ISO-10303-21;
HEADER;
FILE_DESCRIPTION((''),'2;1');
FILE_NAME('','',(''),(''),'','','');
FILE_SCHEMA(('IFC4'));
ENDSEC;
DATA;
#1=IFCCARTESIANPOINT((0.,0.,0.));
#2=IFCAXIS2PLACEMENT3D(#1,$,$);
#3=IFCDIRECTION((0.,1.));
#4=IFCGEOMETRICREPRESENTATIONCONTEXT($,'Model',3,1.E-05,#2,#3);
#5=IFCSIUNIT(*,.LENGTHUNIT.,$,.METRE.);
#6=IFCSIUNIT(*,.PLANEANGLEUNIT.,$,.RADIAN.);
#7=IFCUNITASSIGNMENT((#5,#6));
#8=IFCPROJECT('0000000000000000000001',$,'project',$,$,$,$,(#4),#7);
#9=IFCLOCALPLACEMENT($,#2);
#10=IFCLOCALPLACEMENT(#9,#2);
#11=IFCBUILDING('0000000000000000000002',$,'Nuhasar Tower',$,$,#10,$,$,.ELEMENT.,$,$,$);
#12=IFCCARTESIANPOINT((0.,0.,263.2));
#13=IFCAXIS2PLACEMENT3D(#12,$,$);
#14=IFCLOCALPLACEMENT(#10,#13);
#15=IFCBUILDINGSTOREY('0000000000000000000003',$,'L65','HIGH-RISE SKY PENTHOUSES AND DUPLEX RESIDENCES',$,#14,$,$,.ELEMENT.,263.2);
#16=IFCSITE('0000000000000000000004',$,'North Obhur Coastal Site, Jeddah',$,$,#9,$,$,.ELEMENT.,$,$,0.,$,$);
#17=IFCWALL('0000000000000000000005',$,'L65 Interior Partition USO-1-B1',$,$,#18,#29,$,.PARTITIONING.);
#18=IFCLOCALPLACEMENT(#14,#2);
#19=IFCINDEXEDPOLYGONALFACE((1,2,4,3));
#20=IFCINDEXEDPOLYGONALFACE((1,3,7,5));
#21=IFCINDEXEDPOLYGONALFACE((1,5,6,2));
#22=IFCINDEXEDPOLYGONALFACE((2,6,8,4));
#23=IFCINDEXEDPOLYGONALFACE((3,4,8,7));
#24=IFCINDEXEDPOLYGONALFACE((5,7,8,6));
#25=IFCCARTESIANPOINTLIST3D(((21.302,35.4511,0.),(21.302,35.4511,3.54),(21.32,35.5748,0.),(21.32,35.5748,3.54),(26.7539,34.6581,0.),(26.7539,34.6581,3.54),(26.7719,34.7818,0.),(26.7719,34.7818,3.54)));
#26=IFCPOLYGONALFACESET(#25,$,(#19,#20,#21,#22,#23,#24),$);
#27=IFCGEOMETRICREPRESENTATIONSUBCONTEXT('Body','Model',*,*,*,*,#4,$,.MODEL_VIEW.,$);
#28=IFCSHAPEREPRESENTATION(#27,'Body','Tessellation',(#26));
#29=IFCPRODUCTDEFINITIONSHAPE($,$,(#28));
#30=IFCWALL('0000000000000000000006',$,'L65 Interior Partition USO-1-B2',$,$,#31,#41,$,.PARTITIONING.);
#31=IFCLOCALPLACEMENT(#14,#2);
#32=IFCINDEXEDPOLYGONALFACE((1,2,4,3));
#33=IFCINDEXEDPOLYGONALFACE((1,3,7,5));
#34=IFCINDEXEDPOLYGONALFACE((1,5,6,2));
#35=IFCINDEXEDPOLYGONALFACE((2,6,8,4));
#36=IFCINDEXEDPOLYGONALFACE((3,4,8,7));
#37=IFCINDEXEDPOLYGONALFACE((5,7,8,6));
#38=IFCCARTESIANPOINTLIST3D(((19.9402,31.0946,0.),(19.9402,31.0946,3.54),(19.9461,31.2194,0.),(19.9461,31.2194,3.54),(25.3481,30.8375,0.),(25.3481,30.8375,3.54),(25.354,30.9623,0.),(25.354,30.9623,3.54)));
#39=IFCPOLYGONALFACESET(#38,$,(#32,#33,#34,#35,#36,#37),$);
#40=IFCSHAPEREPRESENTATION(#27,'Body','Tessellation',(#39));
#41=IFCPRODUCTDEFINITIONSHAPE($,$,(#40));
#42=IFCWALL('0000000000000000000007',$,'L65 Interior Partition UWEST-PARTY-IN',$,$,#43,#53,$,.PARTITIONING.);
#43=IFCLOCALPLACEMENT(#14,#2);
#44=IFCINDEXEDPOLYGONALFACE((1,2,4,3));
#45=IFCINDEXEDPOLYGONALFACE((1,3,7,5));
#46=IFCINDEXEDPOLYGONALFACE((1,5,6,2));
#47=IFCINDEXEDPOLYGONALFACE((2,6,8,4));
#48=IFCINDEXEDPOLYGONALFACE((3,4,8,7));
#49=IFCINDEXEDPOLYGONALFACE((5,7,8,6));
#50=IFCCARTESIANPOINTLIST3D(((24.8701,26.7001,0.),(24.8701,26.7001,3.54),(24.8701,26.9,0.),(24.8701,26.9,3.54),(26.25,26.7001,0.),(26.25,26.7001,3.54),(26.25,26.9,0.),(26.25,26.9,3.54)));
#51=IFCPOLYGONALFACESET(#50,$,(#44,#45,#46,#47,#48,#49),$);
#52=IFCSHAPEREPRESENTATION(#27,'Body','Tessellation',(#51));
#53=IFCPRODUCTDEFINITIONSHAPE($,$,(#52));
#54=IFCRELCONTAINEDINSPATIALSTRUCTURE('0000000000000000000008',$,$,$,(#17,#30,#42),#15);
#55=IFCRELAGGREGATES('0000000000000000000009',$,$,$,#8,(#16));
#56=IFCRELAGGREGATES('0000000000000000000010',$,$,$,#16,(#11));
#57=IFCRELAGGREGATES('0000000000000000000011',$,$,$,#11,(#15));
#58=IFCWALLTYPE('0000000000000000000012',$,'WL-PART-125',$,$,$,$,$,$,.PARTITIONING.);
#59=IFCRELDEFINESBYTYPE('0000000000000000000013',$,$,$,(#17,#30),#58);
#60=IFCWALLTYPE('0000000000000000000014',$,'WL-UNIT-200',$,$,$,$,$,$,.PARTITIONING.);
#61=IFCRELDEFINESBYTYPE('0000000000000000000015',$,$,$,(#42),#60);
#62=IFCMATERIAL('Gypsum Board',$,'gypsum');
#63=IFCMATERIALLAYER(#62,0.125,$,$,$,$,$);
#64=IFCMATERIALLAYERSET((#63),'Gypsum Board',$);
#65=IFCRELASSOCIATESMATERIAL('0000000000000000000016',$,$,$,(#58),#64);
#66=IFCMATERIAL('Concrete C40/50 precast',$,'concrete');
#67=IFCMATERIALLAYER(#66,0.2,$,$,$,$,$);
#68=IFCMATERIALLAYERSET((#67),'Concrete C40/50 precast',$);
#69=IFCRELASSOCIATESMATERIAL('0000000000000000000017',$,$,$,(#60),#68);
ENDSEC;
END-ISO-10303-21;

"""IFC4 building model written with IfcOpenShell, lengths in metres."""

from ifc_helpers import new_model, si_unit, direction, frame, frame_2d, origin, place, context, subcontext, project, spatial, rectangle, extrude, material, layer, layer_set, type_object, element, save


model = new_model("IFC4")

# Units and contexts
model_context = context("Model", 3, precision=1e-05, world=origin(), true_north=direction((0.0, 1.0)))
body_context = subcontext(model_context, "Body", "Model", "MODEL_VIEW")
ifc_project = project(units=[si_unit("LENGTHUNIT", "METRE"), si_unit("PLANEANGLEUNIT", "RADIAN")], contexts=[model_context])

# Site, building, storey
site_placement = place(None, origin())
site = spatial("IfcSite", under=ifc_project, at=site_placement, Name="North Obhur Coastal Site, Jeddah", CompositionType="ELEMENT", RefElevation=0.0)
building_placement = place(site_placement, origin())
building = spatial("IfcBuilding", under=site, at=building_placement, Name="Nuhasar Tower", CompositionType="ELEMENT")
storey_placement = place(building_placement, frame((0.0, 0.0, 263.2)))
storey = spatial("IfcBuildingStorey", under=building, at=storey_placement, Name="L65", Description="HIGH-RISE SKY PENTHOUSES AND DUPLEX RESIDENCES", CompositionType="ELEMENT", Elevation=263.2)

# Shared definitions
ifc_material_1 = material(Name="Gypsum Board", Category="gypsum")

# Shared definitions
ifc_layer_1 = layer(ifc_material_1, 0.125)
ifc_layer_set_1 = layer_set([ifc_layer_1], Name="Gypsum Board")
wall_type_1 = type_object("IfcWallType", Name="WL-PART-125", PredefinedType="PARTITIONING", material=ifc_layer_set_1)

# Walls
wall_1_placement = place(storey_placement, frame((26.7629, 34.72, 0.0), z_axis=(0.0, 0.0, 1.0), x_axis=(-0.989587, 0.143934, 0.0)))
element("IfcWall", 1, at=wall_1_placement, inside=storey, type_object=wall_type_1, Name="L65 Interior Partition USO-1-B1", PredefinedType="PARTITIONING", context=body_context, shape_type="SweptSolid", body=[
    extrude(rectangle(XDim=5.5093, YDim=0.125, at=frame_2d((2.7546, 0.0))), origin(), (0.0, 0.0, 1.0), 3.54),
])
wall_2_placement = place(storey_placement, frame((25.3511, 30.8999, 0.0), z_axis=(0.0, 0.0, 1.0), x_axis=(-0.998872, 0.047484, 0.0)))
element("IfcWall", 2, at=wall_2_placement, inside=storey, type_object=wall_type_1, Name="L65 Interior Partition USO-1-B2", PredefinedType="PARTITIONING", context=body_context, shape_type="SweptSolid", body=[
    extrude(rectangle(XDim=5.4141, YDim=0.125, at=frame_2d((2.707, 0.0))), origin(), (0.0, 0.0, 1.0), 3.54),
])
ifc_material_2 = material(Name="Concrete C40/50 precast", Category="concrete")
ifc_layer_2 = layer(ifc_material_2, 0.2)
ifc_layer_set_2 = layer_set([ifc_layer_2], Name="Concrete C40/50 precast")
wall_type_2 = type_object("IfcWallType", Name="WL-UNIT-200", PredefinedType="PARTITIONING", material=ifc_layer_set_2)
wall_3_placement = place(storey_placement, frame((26.25, 26.8, 0.0), z_axis=(0.0, 0.0, 1.0), x_axis=(-1.0, 0.0, 0.0)))
element("IfcWall", 3, at=wall_3_placement, inside=storey, type_object=wall_type_2, Name="L65 Interior Partition UWEST-PARTY-IN", PredefinedType="PARTITIONING", context=body_context, shape_type="SweptSolid", body=[
    extrude(rectangle(XDim=1.3799, YDim=0.2, at=frame_2d((0.6899, 0.0))), origin(), (0.0, 0.0, 1.0), 3.54),
])

save(model, "model.ifc")
